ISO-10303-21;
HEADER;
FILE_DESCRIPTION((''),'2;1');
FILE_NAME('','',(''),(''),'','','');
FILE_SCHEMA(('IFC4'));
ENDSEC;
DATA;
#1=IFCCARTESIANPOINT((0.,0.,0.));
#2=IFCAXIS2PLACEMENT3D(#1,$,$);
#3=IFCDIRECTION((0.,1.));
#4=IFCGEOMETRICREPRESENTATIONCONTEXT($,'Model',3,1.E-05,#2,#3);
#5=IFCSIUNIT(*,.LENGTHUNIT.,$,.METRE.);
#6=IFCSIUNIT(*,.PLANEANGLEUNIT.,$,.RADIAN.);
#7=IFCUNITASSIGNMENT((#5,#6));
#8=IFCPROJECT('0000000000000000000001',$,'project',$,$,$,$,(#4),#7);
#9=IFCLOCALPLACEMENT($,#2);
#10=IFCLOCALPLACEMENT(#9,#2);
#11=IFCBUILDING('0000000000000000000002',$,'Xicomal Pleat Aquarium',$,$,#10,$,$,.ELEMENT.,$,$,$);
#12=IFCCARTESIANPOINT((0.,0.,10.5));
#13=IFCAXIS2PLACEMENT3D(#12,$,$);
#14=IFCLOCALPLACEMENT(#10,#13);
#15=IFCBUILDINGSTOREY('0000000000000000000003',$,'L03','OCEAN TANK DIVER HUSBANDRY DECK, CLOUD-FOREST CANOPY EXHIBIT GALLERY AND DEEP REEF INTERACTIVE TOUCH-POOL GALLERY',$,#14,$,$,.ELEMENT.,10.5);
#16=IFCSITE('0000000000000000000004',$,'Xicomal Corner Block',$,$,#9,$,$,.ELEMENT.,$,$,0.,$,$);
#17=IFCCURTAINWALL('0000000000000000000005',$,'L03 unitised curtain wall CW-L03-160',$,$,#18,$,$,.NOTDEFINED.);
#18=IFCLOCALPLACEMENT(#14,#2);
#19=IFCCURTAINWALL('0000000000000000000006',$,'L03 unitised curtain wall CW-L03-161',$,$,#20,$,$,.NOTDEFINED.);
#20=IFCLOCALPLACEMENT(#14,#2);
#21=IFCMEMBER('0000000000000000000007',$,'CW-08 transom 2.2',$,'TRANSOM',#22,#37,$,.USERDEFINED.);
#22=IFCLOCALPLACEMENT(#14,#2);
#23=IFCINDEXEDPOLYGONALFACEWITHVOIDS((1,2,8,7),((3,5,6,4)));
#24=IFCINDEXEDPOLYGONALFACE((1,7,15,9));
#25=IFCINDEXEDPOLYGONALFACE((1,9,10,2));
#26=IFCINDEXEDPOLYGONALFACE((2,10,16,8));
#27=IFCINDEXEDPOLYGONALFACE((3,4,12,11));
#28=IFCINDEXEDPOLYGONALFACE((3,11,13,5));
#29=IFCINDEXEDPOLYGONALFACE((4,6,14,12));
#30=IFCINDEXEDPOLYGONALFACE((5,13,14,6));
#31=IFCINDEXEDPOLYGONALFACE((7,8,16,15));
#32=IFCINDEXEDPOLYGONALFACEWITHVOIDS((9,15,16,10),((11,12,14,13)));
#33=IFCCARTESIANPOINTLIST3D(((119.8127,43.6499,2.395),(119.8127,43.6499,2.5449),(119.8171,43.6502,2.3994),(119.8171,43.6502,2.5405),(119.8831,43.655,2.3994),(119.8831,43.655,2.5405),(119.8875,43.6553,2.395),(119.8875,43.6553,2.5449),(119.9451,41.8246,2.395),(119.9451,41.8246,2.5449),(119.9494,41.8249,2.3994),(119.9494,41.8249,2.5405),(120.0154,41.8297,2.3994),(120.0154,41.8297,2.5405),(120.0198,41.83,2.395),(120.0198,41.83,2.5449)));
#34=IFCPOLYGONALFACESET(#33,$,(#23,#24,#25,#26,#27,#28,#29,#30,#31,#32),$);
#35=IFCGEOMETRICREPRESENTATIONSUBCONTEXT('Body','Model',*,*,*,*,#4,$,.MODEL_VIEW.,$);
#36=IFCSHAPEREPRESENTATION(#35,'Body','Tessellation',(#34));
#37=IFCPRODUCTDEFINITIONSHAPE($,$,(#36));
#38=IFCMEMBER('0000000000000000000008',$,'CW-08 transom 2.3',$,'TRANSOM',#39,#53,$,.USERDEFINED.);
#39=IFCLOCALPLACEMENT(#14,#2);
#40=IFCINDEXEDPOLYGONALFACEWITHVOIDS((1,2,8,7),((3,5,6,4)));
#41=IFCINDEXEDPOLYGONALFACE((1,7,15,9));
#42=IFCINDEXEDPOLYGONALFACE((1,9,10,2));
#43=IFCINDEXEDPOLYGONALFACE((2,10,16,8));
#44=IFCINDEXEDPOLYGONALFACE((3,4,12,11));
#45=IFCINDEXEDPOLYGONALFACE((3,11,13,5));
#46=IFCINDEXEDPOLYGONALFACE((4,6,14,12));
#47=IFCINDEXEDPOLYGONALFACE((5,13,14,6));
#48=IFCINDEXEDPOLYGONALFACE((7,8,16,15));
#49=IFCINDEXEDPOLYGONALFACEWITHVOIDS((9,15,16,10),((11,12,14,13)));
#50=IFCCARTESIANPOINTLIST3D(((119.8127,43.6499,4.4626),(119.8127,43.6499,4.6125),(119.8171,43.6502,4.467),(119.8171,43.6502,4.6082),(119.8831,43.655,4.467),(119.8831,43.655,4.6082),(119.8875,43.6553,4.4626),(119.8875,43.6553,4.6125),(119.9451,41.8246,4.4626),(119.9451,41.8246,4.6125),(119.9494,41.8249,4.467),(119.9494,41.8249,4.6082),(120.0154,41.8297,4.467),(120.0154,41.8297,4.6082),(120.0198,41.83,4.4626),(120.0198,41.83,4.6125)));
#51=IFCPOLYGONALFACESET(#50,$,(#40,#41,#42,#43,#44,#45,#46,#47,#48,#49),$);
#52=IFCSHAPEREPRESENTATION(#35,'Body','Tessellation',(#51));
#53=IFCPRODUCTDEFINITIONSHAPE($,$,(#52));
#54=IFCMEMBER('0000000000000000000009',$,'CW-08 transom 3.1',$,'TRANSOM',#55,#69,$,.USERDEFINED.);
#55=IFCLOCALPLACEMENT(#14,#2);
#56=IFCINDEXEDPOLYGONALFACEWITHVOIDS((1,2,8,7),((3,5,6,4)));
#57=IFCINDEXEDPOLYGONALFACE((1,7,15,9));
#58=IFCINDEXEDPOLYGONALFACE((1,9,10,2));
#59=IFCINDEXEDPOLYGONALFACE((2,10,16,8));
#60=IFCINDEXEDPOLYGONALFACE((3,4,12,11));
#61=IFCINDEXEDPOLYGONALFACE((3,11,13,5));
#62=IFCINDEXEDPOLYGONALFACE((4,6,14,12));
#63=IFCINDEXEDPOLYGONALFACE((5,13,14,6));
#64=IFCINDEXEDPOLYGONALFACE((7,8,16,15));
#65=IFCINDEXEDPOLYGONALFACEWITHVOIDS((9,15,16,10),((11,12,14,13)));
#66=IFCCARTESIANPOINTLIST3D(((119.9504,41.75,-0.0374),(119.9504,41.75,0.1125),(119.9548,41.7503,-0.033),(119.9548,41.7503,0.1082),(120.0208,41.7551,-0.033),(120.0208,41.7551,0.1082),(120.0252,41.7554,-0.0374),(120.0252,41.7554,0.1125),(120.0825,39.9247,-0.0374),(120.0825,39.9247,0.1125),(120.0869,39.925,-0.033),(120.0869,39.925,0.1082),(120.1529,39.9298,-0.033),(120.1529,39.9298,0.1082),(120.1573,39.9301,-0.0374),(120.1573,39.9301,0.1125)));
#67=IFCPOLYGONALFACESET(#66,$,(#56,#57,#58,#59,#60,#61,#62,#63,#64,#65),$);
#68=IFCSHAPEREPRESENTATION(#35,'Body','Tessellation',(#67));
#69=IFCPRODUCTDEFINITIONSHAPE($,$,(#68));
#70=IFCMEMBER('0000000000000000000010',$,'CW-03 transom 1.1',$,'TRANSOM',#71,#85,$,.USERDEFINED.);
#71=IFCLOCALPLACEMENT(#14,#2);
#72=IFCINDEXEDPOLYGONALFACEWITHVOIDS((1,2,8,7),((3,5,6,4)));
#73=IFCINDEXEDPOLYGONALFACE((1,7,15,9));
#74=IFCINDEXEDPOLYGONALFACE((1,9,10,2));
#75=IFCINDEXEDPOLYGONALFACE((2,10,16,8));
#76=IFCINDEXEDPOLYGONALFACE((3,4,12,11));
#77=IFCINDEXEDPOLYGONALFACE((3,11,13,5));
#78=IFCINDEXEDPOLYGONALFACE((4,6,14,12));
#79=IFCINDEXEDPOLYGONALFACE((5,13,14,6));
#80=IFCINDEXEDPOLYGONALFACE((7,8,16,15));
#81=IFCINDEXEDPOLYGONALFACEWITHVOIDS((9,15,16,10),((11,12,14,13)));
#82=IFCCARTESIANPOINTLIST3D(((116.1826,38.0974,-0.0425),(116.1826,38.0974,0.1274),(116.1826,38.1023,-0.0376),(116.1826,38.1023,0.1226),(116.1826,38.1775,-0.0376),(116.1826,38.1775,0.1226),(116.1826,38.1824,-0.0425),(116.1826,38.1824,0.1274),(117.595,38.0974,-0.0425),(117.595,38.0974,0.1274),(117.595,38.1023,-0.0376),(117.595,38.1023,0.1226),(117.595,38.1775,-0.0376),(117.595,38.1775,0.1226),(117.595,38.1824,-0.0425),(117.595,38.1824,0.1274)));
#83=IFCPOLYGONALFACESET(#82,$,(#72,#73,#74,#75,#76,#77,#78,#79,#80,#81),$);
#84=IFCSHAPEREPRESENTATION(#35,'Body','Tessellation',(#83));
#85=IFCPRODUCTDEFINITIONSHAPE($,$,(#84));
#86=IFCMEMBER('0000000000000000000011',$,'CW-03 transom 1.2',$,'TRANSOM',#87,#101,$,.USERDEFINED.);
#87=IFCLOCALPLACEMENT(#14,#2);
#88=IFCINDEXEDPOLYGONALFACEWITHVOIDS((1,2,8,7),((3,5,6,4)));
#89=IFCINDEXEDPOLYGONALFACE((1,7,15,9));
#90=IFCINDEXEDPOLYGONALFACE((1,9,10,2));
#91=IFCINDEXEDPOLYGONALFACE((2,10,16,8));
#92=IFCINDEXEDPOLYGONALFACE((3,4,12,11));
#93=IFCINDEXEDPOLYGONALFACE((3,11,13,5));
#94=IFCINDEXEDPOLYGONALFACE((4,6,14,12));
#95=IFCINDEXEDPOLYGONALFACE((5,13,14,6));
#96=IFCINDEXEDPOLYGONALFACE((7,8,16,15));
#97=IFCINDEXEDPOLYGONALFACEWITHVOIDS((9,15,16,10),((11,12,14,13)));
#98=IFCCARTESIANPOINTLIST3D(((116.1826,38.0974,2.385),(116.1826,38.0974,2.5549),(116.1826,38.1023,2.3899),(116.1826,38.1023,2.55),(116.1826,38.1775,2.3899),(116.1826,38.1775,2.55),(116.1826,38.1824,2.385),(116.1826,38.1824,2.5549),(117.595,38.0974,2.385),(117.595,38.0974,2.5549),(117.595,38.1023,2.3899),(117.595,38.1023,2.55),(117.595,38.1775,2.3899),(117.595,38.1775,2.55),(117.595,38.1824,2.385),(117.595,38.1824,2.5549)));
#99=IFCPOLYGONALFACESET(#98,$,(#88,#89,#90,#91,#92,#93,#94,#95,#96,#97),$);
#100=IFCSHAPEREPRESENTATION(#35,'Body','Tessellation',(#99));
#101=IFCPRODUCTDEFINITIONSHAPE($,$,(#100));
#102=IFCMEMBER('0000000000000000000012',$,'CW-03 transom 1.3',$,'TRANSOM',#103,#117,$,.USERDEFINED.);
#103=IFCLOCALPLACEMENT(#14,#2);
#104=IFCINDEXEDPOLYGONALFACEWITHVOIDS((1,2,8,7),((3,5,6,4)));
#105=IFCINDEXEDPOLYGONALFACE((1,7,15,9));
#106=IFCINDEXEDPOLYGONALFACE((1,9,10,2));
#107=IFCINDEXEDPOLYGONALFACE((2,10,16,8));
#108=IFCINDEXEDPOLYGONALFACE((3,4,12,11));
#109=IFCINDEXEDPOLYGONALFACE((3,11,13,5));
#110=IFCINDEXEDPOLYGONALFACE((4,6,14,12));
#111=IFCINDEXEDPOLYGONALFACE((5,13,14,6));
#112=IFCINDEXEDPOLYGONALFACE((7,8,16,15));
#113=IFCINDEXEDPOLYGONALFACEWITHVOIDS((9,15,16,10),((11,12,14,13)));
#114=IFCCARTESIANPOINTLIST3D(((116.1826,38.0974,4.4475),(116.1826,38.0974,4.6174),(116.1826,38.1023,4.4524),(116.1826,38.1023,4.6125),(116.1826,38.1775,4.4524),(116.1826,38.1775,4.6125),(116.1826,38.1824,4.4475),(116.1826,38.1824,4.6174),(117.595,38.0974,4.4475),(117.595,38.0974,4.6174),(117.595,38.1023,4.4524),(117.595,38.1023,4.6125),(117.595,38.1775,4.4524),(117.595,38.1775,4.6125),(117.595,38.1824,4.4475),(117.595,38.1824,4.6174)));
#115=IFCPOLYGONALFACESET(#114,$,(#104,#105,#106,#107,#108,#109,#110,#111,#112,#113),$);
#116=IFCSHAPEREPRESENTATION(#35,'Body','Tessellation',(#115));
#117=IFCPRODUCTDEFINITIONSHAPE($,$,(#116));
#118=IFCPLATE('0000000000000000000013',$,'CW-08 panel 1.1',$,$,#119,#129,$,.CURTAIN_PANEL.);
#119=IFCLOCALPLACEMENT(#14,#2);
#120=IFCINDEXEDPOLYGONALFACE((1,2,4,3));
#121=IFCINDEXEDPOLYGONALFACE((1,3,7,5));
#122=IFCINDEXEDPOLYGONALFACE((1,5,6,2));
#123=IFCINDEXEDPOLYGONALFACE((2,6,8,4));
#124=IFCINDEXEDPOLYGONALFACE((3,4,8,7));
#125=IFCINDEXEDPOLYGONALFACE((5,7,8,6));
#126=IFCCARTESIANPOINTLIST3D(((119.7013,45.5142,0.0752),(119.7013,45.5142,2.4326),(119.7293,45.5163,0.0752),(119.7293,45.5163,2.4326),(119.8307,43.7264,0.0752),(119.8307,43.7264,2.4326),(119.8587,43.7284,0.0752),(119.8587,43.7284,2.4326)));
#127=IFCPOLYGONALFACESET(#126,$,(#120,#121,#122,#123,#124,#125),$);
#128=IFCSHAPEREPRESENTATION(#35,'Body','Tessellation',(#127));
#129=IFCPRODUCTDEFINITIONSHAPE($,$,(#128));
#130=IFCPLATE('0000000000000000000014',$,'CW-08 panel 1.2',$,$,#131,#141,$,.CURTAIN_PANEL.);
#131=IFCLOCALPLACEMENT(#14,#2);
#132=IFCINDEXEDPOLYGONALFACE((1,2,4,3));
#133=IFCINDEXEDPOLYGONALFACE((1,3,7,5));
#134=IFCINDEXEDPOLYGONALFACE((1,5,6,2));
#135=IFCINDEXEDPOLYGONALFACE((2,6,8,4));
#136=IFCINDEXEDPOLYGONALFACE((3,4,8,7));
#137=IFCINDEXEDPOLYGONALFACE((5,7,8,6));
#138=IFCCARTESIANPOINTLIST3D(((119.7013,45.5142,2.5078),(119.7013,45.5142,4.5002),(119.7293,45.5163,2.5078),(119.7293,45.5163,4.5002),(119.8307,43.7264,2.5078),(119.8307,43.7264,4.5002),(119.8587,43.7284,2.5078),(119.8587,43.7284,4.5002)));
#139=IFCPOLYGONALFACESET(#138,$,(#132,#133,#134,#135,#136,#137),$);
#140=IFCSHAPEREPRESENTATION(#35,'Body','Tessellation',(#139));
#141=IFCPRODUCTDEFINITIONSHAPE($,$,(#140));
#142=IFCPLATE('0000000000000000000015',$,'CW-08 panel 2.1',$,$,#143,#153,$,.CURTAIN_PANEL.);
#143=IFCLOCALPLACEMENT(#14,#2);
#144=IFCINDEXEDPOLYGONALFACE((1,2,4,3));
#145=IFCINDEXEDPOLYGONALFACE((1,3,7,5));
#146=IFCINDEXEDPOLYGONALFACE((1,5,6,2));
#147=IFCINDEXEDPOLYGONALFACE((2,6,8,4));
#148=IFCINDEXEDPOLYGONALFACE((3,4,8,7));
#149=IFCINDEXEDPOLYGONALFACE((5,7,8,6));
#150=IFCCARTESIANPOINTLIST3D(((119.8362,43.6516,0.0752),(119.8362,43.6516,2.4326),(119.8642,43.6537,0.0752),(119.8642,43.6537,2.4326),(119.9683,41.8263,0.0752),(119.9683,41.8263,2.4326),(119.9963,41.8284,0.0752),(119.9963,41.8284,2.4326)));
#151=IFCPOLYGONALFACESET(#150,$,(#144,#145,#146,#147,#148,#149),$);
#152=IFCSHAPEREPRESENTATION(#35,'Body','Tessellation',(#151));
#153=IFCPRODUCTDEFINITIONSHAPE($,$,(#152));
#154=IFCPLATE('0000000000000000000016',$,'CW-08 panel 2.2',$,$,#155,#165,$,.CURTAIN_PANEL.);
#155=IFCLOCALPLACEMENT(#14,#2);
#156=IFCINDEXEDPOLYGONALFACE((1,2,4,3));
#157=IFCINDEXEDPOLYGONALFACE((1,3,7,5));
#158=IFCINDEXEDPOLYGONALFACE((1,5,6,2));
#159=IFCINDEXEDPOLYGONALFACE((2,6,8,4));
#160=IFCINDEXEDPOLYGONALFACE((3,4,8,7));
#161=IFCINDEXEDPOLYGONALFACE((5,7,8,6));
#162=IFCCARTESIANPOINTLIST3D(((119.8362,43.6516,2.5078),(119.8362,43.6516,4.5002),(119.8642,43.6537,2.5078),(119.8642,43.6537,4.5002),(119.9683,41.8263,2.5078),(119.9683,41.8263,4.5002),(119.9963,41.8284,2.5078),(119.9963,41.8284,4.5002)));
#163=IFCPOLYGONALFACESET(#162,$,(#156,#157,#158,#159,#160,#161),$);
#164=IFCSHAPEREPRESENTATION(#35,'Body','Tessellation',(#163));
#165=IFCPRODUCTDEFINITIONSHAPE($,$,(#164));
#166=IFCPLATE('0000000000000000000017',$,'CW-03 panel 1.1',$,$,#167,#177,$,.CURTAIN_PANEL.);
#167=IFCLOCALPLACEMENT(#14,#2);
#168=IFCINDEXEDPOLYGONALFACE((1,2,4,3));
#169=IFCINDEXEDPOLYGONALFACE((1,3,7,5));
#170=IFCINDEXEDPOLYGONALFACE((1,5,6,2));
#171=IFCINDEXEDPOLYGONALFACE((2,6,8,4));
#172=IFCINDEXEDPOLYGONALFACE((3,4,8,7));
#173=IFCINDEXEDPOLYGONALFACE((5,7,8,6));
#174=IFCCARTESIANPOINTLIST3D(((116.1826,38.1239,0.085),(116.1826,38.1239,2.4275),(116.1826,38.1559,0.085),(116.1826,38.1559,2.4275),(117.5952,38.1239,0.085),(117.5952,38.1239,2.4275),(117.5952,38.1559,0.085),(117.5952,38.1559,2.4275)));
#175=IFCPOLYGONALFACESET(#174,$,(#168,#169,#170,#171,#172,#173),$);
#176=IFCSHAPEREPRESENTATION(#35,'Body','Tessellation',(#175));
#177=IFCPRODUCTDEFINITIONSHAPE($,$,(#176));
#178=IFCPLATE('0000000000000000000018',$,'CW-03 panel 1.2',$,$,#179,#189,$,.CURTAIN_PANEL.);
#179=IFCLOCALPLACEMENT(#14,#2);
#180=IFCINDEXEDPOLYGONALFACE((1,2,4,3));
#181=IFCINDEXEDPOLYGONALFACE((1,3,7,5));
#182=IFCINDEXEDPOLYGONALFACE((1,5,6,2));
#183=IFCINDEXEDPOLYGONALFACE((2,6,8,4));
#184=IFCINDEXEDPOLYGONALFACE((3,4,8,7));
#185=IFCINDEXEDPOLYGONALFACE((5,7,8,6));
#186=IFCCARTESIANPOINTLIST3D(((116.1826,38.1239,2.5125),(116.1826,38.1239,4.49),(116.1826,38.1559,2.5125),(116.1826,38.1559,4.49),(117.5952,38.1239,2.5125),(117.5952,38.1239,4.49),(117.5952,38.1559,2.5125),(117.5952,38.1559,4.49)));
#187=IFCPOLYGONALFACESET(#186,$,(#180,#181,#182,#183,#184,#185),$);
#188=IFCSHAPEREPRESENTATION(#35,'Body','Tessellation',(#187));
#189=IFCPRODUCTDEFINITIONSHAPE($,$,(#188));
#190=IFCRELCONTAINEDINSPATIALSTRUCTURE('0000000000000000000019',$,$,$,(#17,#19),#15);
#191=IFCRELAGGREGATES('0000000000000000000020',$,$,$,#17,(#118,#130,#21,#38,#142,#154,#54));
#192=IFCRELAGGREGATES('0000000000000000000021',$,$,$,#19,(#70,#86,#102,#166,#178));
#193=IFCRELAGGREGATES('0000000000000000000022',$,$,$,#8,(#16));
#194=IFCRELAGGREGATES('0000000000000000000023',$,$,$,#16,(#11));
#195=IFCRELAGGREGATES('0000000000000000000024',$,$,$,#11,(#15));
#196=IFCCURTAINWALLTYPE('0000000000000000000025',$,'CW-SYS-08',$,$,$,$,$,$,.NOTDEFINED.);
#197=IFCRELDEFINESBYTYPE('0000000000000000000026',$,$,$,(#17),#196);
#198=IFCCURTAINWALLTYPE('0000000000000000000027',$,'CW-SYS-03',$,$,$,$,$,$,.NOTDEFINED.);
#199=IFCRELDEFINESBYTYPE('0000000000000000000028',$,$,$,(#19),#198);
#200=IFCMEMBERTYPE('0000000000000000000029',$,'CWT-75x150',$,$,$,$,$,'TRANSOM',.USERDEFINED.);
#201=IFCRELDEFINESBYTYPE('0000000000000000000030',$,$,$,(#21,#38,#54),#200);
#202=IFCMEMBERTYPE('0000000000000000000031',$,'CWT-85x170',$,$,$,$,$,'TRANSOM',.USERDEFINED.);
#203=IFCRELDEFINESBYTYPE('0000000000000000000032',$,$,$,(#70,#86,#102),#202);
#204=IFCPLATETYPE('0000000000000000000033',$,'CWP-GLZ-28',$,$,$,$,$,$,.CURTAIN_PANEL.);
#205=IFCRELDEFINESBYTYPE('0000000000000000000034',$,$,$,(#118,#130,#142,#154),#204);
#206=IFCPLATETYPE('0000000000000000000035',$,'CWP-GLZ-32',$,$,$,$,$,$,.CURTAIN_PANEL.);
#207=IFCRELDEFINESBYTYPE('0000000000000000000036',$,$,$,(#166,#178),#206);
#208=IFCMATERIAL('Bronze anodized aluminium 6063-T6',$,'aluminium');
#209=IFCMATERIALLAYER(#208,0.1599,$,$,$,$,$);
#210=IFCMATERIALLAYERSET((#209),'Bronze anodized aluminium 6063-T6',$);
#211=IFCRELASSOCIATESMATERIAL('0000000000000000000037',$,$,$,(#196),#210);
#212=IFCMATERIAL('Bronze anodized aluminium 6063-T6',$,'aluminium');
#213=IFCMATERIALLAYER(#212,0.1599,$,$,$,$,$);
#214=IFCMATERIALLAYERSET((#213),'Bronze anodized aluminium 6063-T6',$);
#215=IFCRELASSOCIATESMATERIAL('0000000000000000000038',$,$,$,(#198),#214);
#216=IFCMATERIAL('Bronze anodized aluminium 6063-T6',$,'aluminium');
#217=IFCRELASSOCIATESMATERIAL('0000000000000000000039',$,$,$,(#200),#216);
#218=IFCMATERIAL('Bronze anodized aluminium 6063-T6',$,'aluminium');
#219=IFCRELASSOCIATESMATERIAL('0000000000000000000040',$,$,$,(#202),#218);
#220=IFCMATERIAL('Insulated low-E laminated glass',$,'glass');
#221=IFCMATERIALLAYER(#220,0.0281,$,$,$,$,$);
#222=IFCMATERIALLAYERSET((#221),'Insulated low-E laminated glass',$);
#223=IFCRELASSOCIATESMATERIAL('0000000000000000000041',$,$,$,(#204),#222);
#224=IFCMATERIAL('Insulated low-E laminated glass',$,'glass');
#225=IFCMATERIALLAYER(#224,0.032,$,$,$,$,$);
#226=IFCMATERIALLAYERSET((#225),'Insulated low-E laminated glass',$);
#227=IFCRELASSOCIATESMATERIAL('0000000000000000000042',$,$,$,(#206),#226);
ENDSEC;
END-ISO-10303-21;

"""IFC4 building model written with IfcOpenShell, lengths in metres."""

from ifc_helpers import new_model, si_unit, direction, frame, origin, origin_2d, place, context, subcontext, project, spatial, rectangle, hollow_rectangle, extrude, material, layer, layer_set, material_profile, profile_set, type_object, element, aggregate, save


model = new_model("IFC4")

# Units and contexts
model_context = context("Model", 3, precision=1e-05, world=origin(), true_north=direction((0.0, 1.0)))
body_context = subcontext(model_context, "Body", "Model", "MODEL_VIEW")
ifc_project = project(units=[si_unit("LENGTHUNIT", "METRE"), si_unit("PLANEANGLEUNIT", "RADIAN")], contexts=[model_context])

# Site, building, storey
site_placement = place(None, origin())
site = spatial("IfcSite", under=ifc_project, at=site_placement, Name="Xicomal Corner Block", CompositionType="ELEMENT", RefElevation=0.0)
building_placement = place(site_placement, origin())
building = spatial("IfcBuilding", under=site, at=building_placement, Name="Xicomal Pleat Aquarium", CompositionType="ELEMENT")
storey_placement = place(building_placement, frame((0.0, 0.0, 10.5)))
storey = spatial("IfcBuildingStorey", under=building, at=storey_placement, Name="L03", Description="OCEAN TANK DIVER HUSBANDRY DECK, CLOUD-FOREST CANOPY EXHIBIT GALLERY AND DEEP REEF INTERACTIVE TOUCH-POOL GALLERY", CompositionType="ELEMENT", Elevation=10.5)

# Curtain walls
ifc_material_1 = material(Name="Bronze anodized aluminium 6063-T6", Category="aluminium")
ifc_layer_1 = layer(ifc_material_1, 0.1599)
ifc_layer_set_1 = layer_set([ifc_layer_1], Name="Bronze anodized aluminium 6063-T6")
curtain_wall_type_1 = type_object("IfcCurtainWallType", Name="CW-SYS-08", PredefinedType="NOTDEFINED", material=ifc_layer_set_1)
curtain_wall_1_placement = place(storey_placement, origin())
curtain_wall_1 = element("IfcCurtainWall", 1, at=curtain_wall_1_placement, inside=storey, type_object=curtain_wall_type_1, Name="L03 unitised curtain wall CW-L03-160", PredefinedType="NOTDEFINED")
ifc_material_2 = material(Name="Bronze anodized aluminium 6063-T6", Category="aluminium")
ifc_layer_2 = layer(ifc_material_2, 0.1599)
ifc_layer_set_2 = layer_set([ifc_layer_2], Name="Bronze anodized aluminium 6063-T6")
curtain_wall_type_2 = type_object("IfcCurtainWallType", Name="CW-SYS-03", PredefinedType="NOTDEFINED", material=ifc_layer_set_2)
curtain_wall_2_placement = place(storey_placement, origin())
curtain_wall_2 = element("IfcCurtainWall", 2, at=curtain_wall_2_placement, inside=storey, type_object=curtain_wall_type_2, Name="L03 unitised curtain wall CW-L03-161", PredefinedType="NOTDEFINED")

# Members
ifc_material_3 = material(Name="Bronze anodized aluminium 6063-T6", Category="aluminium")
ifc_material_profile_1 = material_profile(ifc_material_3, hollow_rectangle(XDim=0.075, YDim=0.1499, WallThickness=0.0044, at=origin_2d()), Name="ALU TRAN 75x150")
ifc_profile_set_1 = profile_set([ifc_material_profile_1], Name="Bronze anodized aluminium 6063-T6")
member_type_1 = type_object("IfcMemberType", Name="CWT-75x150", ElementType="TRANSOM", PredefinedType="USERDEFINED", material=ifc_profile_set_1)
member_1_placement = place(storey_placement, frame((119.8501, 43.6526, 2.47), z_axis=(0.072309, -0.997382, 0.0), x_axis=(0.997382, 0.072309, 0.0)))
member_1 = element("IfcMember", 3, at=member_1_placement, type_object=member_type_1, Name="CW-08 transom 2.2", ObjectType="TRANSOM", PredefinedType="USERDEFINED", context=body_context, shape_type="SweptSolid", body=[
    extrude(hollow_rectangle(XDim=0.075, YDim=0.1499, WallThickness=0.0044, at=origin_2d()), origin(), (0.0, 0.0, 1.0), 1.8301),
])
member_2_placement = place(storey_placement, frame((119.8501, 43.6526, 4.5376), z_axis=(0.072309, -0.997382, 0.0), x_axis=(0.997382, 0.072309, 0.0)))
member_2 = element("IfcMember", 4, at=member_2_placement, type_object=member_type_1, Name="CW-08 transom 2.3", ObjectType="TRANSOM", PredefinedType="USERDEFINED", context=body_context, shape_type="SweptSolid", body=[
    extrude(hollow_rectangle(XDim=0.075, YDim=0.1499, WallThickness=0.0044, at=origin_2d()), origin(), (0.0, 0.0, 1.0), 1.8301),
])
member_3_placement = place(storey_placement, frame((119.9878, 41.7527, 0.0376), z_axis=(0.072176, -0.997392, 0.0), x_axis=(0.997392, 0.072176, 0.0)))
member_3 = element("IfcMember", 5, at=member_3_placement, type_object=member_type_1, Name="CW-08 transom 3.1", ObjectType="TRANSOM", PredefinedType="USERDEFINED", context=body_context, shape_type="SweptSolid", body=[
    extrude(hollow_rectangle(XDim=0.075, YDim=0.1499, WallThickness=0.0044, at=origin_2d()), origin(), (0.0, 0.0, 1.0), 1.8301),
])
ifc_material_4 = material(Name="Bronze anodized aluminium 6063-T6", Category="aluminium")
ifc_material_profile_2 = material_profile(ifc_material_4, hollow_rectangle(XDim=0.085, YDim=0.1699, WallThickness=0.0049, at=origin_2d()), Name="ALU TRAN 85x170")
ifc_profile_set_2 = profile_set([ifc_material_profile_2], Name="Bronze anodized aluminium 6063-T6")
member_type_2 = type_object("IfcMemberType", Name="CWT-85x170", ElementType="TRANSOM", PredefinedType="USERDEFINED", material=ifc_profile_set_2)
member_4_placement = place(storey_placement, frame((117.595, 38.1399, 0.0425), z_axis=(-1.0, 0.0, 0.0), x_axis=(0.0, -1.0, 0.0)))
member_4 = element("IfcMember", 6, at=member_4_placement, type_object=member_type_2, Name="CW-03 transom 1.1", ObjectType="TRANSOM", PredefinedType="USERDEFINED", context=body_context, shape_type="SweptSolid", body=[
    extrude(hollow_rectangle(XDim=0.085, YDim=0.1699, WallThickness=0.0049, at=origin_2d()), origin(), (0.0, 0.0, 1.0), 1.4124),
])
member_5_placement = place(storey_placement, frame((117.595, 38.1399, 2.47), z_axis=(-1.0, 0.0, 0.0), x_axis=(0.0, -1.0, 0.0)))
member_5 = element("IfcMember", 7, at=member_5_placement, type_object=member_type_2, Name="CW-03 transom 1.2", ObjectType="TRANSOM", PredefinedType="USERDEFINED", context=body_context, shape_type="SweptSolid", body=[
    extrude(hollow_rectangle(XDim=0.085, YDim=0.1699, WallThickness=0.0049, at=origin_2d()), origin(), (0.0, 0.0, 1.0), 1.4124),
])
member_6_placement = place(storey_placement, frame((117.595, 38.1399, 4.5325), z_axis=(-1.0, 0.0, 0.0), x_axis=(0.0, -1.0, 0.0)))
member_6 = element("IfcMember", 8, at=member_6_placement, type_object=member_type_2, Name="CW-03 transom 1.3", ObjectType="TRANSOM", PredefinedType="USERDEFINED", context=body_context, shape_type="SweptSolid", body=[
    extrude(hollow_rectangle(XDim=0.085, YDim=0.1699, WallThickness=0.0049, at=origin_2d()), origin(), (0.0, 0.0, 1.0), 1.4124),
])

# Plates
ifc_material_5 = material(Name="Insulated low-E laminated glass", Category="glass")
ifc_layer_3 = layer(ifc_material_5, 0.0281)
ifc_layer_set_3 = layer_set([ifc_layer_3], Name="Insulated low-E laminated glass")
plate_type_1 = type_object("IfcPlateType", Name="CWP-GLZ-28", PredefinedType="CURTAIN_PANEL", material=ifc_layer_set_3)
plate_1_placement = place(storey_placement, frame((119.78, 44.6213, 0.0752), z_axis=(0.0, 0.0, 1.0), x_axis=(0.07218, -0.997392, 0.0)))
plate_1 = element("IfcPlate", 9, at=plate_1_placement, type_object=plate_type_1, Name="CW-08 panel 1.1", PredefinedType="CURTAIN_PANEL", context=body_context, shape_type="SweptSolid", body=[
    extrude(rectangle(XDim=1.7925, YDim=0.0281, at=origin_2d()), origin(), (0.0, 0.0, 1.0), 2.3574),
])
plate_2_placement = place(storey_placement, frame((119.78, 44.6213, 2.5078), z_axis=(0.0, 0.0, 1.0), x_axis=(0.07218, -0.997392, 0.0)))
plate_2 = element("IfcPlate", 10, at=plate_2_placement, type_object=plate_type_1, Name="CW-08 panel 1.2", PredefinedType="CURTAIN_PANEL", context=body_context, shape_type="SweptSolid", body=[
    extrude(rectangle(XDim=1.7925, YDim=0.0281, at=origin_2d()), origin(), (0.0, 0.0, 1.0), 1.9924),
])
plate_3_placement = place(storey_placement, frame((119.9163, 42.74, 0.0752), z_axis=(0.0, 0.0, 1.0), x_axis=(0.07218, -0.997392, 0.0)))
plate_3 = element("IfcPlate", 11, at=plate_3_placement, type_object=plate_type_1, Name="CW-08 panel 2.1", PredefinedType="CURTAIN_PANEL", context=body_context, shape_type="SweptSolid", body=[
    extrude(rectangle(XDim=1.8301, YDim=0.0281, at=origin_2d()), origin(), (0.0, 0.0, 1.0), 2.3574),
])
plate_4_placement = place(storey_placement, frame((119.9163, 42.74, 2.5078), z_axis=(0.0, 0.0, 1.0), x_axis=(0.07218, -0.997392, 0.0)))
plate_4 = element("IfcPlate", 12, at=plate_4_placement, type_object=plate_type_1, Name="CW-08 panel 2.2", PredefinedType="CURTAIN_PANEL", context=body_context, shape_type="SweptSolid", body=[
    extrude(rectangle(XDim=1.8301, YDim=0.0281, at=origin_2d()), origin(), (0.0, 0.0, 1.0), 1.9924),
])
aggregate(curtain_wall_1, [plate_1, plate_2, member_1, member_2, plate_3, plate_4, member_3])
ifc_material_6 = material(Name="Insulated low-E laminated glass", Category="glass")
ifc_layer_4 = layer(ifc_material_6, 0.032)
ifc_layer_set_4 = layer_set([ifc_layer_4], Name="Insulated low-E laminated glass")
plate_type_2 = type_object("IfcPlateType", Name="CWP-GLZ-32", PredefinedType="CURTAIN_PANEL", material=ifc_layer_set_4)
plate_5_placement = place(storey_placement, frame((116.8889, 38.1399, 0.085), z_axis=(0.0, 0.0, 1.0), x_axis=(-1.0, 0.0, 0.0)))
plate_5 = element("IfcPlate", 13, at=plate_5_placement, type_object=plate_type_2, Name="CW-03 panel 1.1", PredefinedType="CURTAIN_PANEL", context=body_context, shape_type="SweptSolid", body=[
    extrude(rectangle(XDim=1.4126, YDim=0.032, at=origin_2d()), origin(), (0.0, 0.0, 1.0), 2.3425),
])
plate_6_placement = place(storey_placement, frame((116.8889, 38.1399, 2.5125), z_axis=(0.0, 0.0, 1.0), x_axis=(-1.0, 0.0, 0.0)))
plate_6 = element("IfcPlate", 14, at=plate_6_placement, type_object=plate_type_2, Name="CW-03 panel 1.2", PredefinedType="CURTAIN_PANEL", context=body_context, shape_type="SweptSolid", body=[
    extrude(rectangle(XDim=1.4126, YDim=0.032, at=origin_2d()), origin(), (0.0, 0.0, 1.0), 1.9775),
])
aggregate(curtain_wall_2, [member_4, member_5, member_6, plate_5, plate_6])

save(model, "model.ifc")
